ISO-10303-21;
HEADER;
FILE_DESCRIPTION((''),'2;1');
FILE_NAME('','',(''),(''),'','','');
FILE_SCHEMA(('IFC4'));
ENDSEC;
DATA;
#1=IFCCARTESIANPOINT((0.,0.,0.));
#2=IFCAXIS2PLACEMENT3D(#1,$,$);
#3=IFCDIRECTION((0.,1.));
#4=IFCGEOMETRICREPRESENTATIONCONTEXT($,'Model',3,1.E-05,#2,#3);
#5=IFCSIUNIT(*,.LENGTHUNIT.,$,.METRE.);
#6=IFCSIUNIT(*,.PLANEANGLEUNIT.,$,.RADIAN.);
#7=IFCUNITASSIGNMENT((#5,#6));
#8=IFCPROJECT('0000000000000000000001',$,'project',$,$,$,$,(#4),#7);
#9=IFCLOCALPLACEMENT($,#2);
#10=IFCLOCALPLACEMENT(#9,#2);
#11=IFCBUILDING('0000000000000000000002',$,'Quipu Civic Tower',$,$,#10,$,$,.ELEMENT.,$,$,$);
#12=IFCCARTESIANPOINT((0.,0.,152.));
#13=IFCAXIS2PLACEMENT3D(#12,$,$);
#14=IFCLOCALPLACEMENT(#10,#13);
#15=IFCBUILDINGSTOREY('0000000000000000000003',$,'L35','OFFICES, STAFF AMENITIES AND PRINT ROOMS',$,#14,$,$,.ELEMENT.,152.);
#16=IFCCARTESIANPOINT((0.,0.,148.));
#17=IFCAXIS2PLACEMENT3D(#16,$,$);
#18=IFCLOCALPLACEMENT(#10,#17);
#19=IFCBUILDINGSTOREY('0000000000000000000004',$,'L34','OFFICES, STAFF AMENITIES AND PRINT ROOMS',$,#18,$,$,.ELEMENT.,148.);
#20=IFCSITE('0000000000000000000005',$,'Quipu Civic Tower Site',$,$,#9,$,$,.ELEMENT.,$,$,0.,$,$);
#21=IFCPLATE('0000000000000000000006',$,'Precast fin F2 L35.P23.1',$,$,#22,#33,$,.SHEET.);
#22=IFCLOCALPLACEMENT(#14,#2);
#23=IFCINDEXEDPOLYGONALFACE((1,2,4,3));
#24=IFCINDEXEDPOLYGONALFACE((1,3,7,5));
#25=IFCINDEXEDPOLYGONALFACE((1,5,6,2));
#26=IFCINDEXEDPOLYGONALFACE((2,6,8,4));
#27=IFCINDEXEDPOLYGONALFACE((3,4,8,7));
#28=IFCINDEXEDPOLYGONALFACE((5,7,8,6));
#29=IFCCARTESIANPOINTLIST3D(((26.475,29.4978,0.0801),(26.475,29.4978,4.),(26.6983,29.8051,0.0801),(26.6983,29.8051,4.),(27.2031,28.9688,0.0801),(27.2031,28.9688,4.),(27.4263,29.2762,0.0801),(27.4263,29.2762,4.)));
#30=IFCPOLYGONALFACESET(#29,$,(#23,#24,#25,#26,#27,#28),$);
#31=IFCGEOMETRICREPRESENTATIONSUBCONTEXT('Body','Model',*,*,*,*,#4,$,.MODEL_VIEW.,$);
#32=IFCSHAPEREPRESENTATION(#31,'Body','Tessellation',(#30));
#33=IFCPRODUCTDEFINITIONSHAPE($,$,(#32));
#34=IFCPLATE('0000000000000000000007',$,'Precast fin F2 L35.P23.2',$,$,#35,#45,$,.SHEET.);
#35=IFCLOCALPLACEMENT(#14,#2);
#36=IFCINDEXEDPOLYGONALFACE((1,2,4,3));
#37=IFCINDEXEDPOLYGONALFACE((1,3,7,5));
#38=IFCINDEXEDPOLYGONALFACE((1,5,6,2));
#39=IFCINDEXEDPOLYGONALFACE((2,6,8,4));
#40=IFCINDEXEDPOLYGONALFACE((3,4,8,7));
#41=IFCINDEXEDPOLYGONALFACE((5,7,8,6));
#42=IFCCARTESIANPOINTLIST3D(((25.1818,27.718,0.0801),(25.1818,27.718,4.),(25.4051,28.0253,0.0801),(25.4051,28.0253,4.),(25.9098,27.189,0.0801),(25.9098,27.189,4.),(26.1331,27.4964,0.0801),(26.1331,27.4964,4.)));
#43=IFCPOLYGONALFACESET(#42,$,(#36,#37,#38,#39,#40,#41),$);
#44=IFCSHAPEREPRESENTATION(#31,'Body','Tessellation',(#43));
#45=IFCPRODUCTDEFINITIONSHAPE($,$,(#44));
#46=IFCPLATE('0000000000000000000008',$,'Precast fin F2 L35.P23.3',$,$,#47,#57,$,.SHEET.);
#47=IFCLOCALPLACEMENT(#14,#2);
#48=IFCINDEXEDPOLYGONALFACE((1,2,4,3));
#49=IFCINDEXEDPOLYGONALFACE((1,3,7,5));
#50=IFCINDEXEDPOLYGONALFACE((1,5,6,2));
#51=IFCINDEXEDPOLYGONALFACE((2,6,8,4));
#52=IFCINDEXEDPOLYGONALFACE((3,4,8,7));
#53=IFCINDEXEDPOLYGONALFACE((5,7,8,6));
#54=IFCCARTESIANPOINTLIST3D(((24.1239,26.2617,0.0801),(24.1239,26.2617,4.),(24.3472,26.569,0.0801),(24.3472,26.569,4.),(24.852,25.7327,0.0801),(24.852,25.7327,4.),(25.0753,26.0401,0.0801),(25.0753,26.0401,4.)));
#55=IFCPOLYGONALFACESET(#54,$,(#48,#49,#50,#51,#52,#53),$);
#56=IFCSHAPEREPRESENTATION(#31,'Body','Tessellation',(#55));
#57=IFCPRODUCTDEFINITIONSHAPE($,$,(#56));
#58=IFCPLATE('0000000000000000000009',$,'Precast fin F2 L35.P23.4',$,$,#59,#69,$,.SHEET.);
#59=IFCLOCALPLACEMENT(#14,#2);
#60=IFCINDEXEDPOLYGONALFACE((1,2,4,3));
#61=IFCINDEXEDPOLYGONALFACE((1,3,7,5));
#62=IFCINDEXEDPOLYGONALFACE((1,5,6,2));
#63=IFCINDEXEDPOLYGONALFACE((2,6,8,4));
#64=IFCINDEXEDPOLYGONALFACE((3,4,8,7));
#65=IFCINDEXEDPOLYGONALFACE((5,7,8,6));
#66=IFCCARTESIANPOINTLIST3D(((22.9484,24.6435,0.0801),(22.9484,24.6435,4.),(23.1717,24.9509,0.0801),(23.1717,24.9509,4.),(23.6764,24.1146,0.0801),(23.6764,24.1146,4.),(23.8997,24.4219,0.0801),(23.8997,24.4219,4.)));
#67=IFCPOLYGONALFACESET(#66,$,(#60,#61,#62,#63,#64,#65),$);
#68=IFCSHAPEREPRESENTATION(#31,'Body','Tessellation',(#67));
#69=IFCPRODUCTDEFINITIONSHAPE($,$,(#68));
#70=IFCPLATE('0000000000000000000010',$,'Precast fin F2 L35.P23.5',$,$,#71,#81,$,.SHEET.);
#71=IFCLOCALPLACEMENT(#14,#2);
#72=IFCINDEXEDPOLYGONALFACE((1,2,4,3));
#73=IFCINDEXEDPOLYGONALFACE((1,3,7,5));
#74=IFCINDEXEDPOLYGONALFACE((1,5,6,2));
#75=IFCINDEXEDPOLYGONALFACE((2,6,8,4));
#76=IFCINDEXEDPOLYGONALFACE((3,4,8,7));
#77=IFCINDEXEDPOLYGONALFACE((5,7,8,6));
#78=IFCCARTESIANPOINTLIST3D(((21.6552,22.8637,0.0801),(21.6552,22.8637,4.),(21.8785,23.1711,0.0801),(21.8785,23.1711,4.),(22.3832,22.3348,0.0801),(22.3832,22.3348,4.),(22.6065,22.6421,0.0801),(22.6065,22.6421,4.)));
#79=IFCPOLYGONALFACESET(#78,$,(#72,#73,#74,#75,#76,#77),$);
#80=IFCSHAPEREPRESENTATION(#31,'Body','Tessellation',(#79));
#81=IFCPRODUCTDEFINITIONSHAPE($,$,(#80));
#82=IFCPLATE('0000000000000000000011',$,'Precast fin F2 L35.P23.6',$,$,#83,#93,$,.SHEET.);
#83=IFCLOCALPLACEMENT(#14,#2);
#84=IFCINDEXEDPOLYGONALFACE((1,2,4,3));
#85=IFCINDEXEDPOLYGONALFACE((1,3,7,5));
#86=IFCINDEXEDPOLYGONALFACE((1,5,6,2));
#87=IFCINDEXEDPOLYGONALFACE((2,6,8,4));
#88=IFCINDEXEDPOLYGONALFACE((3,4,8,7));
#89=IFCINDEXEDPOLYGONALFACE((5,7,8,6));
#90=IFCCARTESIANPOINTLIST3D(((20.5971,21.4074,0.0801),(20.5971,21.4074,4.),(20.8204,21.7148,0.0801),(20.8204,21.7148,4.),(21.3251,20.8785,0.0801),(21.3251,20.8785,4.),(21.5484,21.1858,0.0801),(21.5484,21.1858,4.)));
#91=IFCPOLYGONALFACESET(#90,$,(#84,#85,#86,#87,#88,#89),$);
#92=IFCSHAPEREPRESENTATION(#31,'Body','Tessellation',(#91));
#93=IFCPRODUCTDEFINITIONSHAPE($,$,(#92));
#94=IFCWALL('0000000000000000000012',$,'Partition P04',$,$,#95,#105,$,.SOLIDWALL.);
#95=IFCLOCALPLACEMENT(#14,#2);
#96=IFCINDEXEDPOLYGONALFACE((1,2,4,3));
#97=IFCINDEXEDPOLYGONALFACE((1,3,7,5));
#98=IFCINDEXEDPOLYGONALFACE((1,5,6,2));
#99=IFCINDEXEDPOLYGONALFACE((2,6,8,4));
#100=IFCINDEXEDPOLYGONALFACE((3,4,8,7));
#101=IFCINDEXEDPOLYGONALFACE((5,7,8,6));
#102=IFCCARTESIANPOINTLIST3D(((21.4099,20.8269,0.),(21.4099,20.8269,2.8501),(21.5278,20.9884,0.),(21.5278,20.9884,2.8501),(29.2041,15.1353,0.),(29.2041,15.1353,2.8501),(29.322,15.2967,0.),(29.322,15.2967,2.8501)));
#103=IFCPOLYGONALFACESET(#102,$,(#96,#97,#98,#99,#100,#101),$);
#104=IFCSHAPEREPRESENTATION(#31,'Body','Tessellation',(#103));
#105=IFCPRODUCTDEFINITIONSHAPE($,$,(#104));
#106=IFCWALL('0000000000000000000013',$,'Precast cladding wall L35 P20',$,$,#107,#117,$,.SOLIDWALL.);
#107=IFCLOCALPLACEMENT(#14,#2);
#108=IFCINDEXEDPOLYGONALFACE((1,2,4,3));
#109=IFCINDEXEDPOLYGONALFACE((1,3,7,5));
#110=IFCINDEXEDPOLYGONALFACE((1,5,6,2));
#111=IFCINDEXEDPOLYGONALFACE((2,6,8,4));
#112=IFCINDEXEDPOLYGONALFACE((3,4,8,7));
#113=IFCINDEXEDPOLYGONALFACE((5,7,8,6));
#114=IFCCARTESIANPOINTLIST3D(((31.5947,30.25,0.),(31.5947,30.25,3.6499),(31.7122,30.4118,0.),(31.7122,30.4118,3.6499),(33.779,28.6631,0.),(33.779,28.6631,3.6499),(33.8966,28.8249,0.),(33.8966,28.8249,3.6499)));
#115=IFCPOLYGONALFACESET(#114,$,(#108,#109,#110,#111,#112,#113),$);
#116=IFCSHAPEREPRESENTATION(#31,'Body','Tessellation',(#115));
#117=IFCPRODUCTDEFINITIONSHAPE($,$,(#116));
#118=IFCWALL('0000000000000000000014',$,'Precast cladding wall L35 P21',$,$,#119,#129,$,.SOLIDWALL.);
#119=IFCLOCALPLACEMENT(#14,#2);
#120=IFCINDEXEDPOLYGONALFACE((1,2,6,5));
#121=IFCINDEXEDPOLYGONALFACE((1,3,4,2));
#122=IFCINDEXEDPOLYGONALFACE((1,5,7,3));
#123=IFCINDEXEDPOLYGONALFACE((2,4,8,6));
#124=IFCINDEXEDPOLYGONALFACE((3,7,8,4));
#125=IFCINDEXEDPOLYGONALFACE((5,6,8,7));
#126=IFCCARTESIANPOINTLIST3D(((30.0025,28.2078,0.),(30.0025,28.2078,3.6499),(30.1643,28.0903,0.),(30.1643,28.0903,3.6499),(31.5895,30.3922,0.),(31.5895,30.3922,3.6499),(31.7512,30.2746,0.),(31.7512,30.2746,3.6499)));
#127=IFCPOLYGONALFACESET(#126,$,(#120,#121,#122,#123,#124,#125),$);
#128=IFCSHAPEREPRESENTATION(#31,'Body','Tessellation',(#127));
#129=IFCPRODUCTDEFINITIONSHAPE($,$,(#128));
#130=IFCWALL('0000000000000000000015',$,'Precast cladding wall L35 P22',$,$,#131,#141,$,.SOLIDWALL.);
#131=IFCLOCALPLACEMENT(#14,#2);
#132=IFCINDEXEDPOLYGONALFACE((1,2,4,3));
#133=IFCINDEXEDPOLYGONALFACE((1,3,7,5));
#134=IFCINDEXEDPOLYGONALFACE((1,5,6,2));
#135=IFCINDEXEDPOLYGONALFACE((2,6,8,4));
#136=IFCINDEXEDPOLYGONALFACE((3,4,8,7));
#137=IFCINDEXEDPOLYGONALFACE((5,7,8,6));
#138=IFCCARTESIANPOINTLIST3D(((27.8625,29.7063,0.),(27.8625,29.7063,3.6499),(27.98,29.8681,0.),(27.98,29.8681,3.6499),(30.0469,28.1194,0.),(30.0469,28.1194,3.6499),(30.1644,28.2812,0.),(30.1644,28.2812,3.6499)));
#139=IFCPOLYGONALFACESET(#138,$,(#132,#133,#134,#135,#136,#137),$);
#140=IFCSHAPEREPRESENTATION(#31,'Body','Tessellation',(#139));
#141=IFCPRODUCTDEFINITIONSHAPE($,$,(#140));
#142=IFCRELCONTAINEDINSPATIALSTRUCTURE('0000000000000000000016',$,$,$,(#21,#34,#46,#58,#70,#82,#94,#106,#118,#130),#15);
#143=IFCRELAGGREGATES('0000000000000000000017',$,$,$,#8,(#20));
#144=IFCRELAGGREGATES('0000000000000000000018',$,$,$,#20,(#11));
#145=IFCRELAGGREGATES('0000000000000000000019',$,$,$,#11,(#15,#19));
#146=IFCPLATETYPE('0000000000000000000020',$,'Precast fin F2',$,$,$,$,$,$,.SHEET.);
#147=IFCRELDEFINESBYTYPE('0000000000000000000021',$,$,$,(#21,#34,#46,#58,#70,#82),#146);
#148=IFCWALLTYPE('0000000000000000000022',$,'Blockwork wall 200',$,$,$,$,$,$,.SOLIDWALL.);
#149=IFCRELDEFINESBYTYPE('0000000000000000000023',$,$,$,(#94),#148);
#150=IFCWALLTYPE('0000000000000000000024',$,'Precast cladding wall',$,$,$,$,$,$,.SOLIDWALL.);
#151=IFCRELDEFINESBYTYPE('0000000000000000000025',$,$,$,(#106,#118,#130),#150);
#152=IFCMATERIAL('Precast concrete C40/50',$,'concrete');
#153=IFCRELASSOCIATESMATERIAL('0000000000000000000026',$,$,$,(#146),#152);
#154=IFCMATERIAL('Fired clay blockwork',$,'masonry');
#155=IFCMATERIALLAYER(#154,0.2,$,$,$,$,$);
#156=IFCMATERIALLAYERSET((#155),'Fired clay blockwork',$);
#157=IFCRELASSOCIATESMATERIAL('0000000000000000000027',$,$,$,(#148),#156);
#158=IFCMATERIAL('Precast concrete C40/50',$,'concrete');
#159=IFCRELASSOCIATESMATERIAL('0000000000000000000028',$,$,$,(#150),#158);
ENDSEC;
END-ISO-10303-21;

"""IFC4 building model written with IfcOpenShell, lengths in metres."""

from ifc_helpers import new_model, si_unit, direction, frame, frame_2d, origin, origin_2d, place, context, subcontext, project, spatial, rectangle, extrude, material, layer, layer_set, type_object, element, save


model = new_model("IFC4")

# Units and contexts
model_context = context("Model", 3, precision=1e-05, world=origin(), true_north=direction((0.0, 1.0)))
body_context = subcontext(model_context, "Body", "Model", "MODEL_VIEW")
ifc_project = project(units=[si_unit("LENGTHUNIT", "METRE"), si_unit("PLANEANGLEUNIT", "RADIAN")], contexts=[model_context])

# Site, building, storey
site_placement = place(None, origin())
site = spatial("IfcSite", under=ifc_project, at=site_placement, Name="Quipu Civic Tower Site", CompositionType="ELEMENT", RefElevation=0.0)
building_placement = place(site_placement, origin())
building = spatial("IfcBuilding", under=site, at=building_placement, Name="Quipu Civic Tower", CompositionType="ELEMENT")
storey_1_placement = place(building_placement, frame((0.0, 0.0, 152.0)))
storey_1 = spatial("IfcBuildingStorey", under=building, at=storey_1_placement, Name="L35", Description="OFFICES, STAFF AMENITIES AND PRINT ROOMS", CompositionType="ELEMENT", Elevation=152.0)

# Shared definitions
storey_2_placement = place(building_placement, frame((0.0, 0.0, 148.0)))
storey_2 = spatial("IfcBuildingStorey", under=building, at=storey_2_placement, Name="L34", Description="OFFICES, STAFF AMENITIES AND PRINT ROOMS", CompositionType="ELEMENT", Elevation=148.0)

# Plates
ifc_material_1 = material(Name="Precast concrete C40/50", Category="concrete")
plate_type_1 = type_object("IfcPlateType", Name="Precast fin F2", PredefinedType="SHEET", material=ifc_material_1)
for number, where, z_axis, x_axis, name in (
    (1, (26.9507, 29.387, 0.0801), (0.0, 0.0, 1.0), (-0.587787, -0.809016, 0.0), "Precast fin F2 L35.P23.1"),
    (2, (25.6575, 27.6072, 0.0801), (0.0, 0.0, 1.0), (-0.587787, -0.809016, 0.0), "Precast fin F2 L35.P23.2"),
    (3, (24.5996, 26.1509, 0.0801), (0.0, 0.0, 1.0), (-0.587787, -0.809016, 0.0), "Precast fin F2 L35.P23.3"),
    (4, (23.4241, 24.5327, 0.0801), (0.0, 0.0, 1.0), (-0.587787, -0.809016, 0.0), "Precast fin F2 L35.P23.4"),
    (5, (22.1309, 22.7529, 0.0801), (0.0, 0.0, 1.0), (-0.587787, -0.809016, 0.0), "Precast fin F2 L35.P23.5"),
    (6, (21.0728, 21.2966, 0.0801), (0.0, 0.0, 1.0), (-0.587787, -0.809016, 0.0), "Precast fin F2 L35.P23.6"),
):
    element("IfcPlate", number, at=place(storey_1_placement, frame(where, z_axis=z_axis, x_axis=x_axis)), inside=storey_1, type_object=plate_type_1, Name=name, PredefinedType="SHEET", context=body_context, shape_type="SweptSolid", body=[
        extrude(rectangle(XDim=0.3799, YDim=0.8999, at=origin_2d()), origin(), (0.0, 0.0, 1.0), 3.9199),
    ])

# Walls
ifc_material_2 = material(Name="Fired clay blockwork", Category="masonry")
ifc_layer_1 = layer(ifc_material_2, 0.2)
ifc_layer_set_1 = layer_set([ifc_layer_1], Name="Fired clay blockwork")
wall_type_1 = type_object("IfcWallType", Name="Blockwork wall 200", PredefinedType="SOLIDWALL", material=ifc_layer_set_1)
wall_placement = place(storey_1_placement, frame((21.4688, 20.9077, 0.0), z_axis=(0.0, 0.0, 1.0), x_axis=(0.807594, -0.589739, 0.0)))
element("IfcWall", 7, at=wall_placement, inside=storey_1, type_object=wall_type_1, Name="Partition P04", PredefinedType="SOLIDWALL", context=body_context, shape_type="SweptSolid", body=[
    extrude(rectangle(XDim=9.6511, YDim=0.2, at=frame_2d((4.8257, 0.0))), origin(), (0.0, 0.0, 1.0), 2.8501),
])
ifc_material_3 = material(Name="Precast concrete C40/50", Category="concrete")
wall_type_2 = type_object("IfcWallType", Name="Precast cladding wall", PredefinedType="SOLIDWALL", material=ifc_material_3)
for number, where, z_axis, x_axis, name in (
    (8, (33.8379, 28.7439, 0.0), (0.0, 0.0, 1.0), (-0.809033, 0.587763, 0.0), "Precast cladding wall L35 P20"),
    (9, (31.6704, 30.3335, 0.0), (0.0, 0.0, 1.0), (-0.587763, -0.809033, 0.0), "Precast cladding wall L35 P21"),
    (10, (30.1057, 28.2002, 0.0), (0.0, 0.0, 1.0), (-0.809033, 0.587763, 0.0), "Precast cladding wall L35 P22"),
):
    element("IfcWall", number, at=place(storey_1_placement, frame(where, z_axis=z_axis, x_axis=x_axis)), inside=storey_1, type_object=wall_type_2, Name=name, PredefinedType="SOLIDWALL", context=body_context, shape_type="SweptSolid", body=[
        extrude(rectangle(XDim=2.7, YDim=0.2, at=frame_2d((1.3501, 0.0))), origin(), (0.0, 0.0, 1.0), 3.6499),
    ])

save(model, "model.ifc")
